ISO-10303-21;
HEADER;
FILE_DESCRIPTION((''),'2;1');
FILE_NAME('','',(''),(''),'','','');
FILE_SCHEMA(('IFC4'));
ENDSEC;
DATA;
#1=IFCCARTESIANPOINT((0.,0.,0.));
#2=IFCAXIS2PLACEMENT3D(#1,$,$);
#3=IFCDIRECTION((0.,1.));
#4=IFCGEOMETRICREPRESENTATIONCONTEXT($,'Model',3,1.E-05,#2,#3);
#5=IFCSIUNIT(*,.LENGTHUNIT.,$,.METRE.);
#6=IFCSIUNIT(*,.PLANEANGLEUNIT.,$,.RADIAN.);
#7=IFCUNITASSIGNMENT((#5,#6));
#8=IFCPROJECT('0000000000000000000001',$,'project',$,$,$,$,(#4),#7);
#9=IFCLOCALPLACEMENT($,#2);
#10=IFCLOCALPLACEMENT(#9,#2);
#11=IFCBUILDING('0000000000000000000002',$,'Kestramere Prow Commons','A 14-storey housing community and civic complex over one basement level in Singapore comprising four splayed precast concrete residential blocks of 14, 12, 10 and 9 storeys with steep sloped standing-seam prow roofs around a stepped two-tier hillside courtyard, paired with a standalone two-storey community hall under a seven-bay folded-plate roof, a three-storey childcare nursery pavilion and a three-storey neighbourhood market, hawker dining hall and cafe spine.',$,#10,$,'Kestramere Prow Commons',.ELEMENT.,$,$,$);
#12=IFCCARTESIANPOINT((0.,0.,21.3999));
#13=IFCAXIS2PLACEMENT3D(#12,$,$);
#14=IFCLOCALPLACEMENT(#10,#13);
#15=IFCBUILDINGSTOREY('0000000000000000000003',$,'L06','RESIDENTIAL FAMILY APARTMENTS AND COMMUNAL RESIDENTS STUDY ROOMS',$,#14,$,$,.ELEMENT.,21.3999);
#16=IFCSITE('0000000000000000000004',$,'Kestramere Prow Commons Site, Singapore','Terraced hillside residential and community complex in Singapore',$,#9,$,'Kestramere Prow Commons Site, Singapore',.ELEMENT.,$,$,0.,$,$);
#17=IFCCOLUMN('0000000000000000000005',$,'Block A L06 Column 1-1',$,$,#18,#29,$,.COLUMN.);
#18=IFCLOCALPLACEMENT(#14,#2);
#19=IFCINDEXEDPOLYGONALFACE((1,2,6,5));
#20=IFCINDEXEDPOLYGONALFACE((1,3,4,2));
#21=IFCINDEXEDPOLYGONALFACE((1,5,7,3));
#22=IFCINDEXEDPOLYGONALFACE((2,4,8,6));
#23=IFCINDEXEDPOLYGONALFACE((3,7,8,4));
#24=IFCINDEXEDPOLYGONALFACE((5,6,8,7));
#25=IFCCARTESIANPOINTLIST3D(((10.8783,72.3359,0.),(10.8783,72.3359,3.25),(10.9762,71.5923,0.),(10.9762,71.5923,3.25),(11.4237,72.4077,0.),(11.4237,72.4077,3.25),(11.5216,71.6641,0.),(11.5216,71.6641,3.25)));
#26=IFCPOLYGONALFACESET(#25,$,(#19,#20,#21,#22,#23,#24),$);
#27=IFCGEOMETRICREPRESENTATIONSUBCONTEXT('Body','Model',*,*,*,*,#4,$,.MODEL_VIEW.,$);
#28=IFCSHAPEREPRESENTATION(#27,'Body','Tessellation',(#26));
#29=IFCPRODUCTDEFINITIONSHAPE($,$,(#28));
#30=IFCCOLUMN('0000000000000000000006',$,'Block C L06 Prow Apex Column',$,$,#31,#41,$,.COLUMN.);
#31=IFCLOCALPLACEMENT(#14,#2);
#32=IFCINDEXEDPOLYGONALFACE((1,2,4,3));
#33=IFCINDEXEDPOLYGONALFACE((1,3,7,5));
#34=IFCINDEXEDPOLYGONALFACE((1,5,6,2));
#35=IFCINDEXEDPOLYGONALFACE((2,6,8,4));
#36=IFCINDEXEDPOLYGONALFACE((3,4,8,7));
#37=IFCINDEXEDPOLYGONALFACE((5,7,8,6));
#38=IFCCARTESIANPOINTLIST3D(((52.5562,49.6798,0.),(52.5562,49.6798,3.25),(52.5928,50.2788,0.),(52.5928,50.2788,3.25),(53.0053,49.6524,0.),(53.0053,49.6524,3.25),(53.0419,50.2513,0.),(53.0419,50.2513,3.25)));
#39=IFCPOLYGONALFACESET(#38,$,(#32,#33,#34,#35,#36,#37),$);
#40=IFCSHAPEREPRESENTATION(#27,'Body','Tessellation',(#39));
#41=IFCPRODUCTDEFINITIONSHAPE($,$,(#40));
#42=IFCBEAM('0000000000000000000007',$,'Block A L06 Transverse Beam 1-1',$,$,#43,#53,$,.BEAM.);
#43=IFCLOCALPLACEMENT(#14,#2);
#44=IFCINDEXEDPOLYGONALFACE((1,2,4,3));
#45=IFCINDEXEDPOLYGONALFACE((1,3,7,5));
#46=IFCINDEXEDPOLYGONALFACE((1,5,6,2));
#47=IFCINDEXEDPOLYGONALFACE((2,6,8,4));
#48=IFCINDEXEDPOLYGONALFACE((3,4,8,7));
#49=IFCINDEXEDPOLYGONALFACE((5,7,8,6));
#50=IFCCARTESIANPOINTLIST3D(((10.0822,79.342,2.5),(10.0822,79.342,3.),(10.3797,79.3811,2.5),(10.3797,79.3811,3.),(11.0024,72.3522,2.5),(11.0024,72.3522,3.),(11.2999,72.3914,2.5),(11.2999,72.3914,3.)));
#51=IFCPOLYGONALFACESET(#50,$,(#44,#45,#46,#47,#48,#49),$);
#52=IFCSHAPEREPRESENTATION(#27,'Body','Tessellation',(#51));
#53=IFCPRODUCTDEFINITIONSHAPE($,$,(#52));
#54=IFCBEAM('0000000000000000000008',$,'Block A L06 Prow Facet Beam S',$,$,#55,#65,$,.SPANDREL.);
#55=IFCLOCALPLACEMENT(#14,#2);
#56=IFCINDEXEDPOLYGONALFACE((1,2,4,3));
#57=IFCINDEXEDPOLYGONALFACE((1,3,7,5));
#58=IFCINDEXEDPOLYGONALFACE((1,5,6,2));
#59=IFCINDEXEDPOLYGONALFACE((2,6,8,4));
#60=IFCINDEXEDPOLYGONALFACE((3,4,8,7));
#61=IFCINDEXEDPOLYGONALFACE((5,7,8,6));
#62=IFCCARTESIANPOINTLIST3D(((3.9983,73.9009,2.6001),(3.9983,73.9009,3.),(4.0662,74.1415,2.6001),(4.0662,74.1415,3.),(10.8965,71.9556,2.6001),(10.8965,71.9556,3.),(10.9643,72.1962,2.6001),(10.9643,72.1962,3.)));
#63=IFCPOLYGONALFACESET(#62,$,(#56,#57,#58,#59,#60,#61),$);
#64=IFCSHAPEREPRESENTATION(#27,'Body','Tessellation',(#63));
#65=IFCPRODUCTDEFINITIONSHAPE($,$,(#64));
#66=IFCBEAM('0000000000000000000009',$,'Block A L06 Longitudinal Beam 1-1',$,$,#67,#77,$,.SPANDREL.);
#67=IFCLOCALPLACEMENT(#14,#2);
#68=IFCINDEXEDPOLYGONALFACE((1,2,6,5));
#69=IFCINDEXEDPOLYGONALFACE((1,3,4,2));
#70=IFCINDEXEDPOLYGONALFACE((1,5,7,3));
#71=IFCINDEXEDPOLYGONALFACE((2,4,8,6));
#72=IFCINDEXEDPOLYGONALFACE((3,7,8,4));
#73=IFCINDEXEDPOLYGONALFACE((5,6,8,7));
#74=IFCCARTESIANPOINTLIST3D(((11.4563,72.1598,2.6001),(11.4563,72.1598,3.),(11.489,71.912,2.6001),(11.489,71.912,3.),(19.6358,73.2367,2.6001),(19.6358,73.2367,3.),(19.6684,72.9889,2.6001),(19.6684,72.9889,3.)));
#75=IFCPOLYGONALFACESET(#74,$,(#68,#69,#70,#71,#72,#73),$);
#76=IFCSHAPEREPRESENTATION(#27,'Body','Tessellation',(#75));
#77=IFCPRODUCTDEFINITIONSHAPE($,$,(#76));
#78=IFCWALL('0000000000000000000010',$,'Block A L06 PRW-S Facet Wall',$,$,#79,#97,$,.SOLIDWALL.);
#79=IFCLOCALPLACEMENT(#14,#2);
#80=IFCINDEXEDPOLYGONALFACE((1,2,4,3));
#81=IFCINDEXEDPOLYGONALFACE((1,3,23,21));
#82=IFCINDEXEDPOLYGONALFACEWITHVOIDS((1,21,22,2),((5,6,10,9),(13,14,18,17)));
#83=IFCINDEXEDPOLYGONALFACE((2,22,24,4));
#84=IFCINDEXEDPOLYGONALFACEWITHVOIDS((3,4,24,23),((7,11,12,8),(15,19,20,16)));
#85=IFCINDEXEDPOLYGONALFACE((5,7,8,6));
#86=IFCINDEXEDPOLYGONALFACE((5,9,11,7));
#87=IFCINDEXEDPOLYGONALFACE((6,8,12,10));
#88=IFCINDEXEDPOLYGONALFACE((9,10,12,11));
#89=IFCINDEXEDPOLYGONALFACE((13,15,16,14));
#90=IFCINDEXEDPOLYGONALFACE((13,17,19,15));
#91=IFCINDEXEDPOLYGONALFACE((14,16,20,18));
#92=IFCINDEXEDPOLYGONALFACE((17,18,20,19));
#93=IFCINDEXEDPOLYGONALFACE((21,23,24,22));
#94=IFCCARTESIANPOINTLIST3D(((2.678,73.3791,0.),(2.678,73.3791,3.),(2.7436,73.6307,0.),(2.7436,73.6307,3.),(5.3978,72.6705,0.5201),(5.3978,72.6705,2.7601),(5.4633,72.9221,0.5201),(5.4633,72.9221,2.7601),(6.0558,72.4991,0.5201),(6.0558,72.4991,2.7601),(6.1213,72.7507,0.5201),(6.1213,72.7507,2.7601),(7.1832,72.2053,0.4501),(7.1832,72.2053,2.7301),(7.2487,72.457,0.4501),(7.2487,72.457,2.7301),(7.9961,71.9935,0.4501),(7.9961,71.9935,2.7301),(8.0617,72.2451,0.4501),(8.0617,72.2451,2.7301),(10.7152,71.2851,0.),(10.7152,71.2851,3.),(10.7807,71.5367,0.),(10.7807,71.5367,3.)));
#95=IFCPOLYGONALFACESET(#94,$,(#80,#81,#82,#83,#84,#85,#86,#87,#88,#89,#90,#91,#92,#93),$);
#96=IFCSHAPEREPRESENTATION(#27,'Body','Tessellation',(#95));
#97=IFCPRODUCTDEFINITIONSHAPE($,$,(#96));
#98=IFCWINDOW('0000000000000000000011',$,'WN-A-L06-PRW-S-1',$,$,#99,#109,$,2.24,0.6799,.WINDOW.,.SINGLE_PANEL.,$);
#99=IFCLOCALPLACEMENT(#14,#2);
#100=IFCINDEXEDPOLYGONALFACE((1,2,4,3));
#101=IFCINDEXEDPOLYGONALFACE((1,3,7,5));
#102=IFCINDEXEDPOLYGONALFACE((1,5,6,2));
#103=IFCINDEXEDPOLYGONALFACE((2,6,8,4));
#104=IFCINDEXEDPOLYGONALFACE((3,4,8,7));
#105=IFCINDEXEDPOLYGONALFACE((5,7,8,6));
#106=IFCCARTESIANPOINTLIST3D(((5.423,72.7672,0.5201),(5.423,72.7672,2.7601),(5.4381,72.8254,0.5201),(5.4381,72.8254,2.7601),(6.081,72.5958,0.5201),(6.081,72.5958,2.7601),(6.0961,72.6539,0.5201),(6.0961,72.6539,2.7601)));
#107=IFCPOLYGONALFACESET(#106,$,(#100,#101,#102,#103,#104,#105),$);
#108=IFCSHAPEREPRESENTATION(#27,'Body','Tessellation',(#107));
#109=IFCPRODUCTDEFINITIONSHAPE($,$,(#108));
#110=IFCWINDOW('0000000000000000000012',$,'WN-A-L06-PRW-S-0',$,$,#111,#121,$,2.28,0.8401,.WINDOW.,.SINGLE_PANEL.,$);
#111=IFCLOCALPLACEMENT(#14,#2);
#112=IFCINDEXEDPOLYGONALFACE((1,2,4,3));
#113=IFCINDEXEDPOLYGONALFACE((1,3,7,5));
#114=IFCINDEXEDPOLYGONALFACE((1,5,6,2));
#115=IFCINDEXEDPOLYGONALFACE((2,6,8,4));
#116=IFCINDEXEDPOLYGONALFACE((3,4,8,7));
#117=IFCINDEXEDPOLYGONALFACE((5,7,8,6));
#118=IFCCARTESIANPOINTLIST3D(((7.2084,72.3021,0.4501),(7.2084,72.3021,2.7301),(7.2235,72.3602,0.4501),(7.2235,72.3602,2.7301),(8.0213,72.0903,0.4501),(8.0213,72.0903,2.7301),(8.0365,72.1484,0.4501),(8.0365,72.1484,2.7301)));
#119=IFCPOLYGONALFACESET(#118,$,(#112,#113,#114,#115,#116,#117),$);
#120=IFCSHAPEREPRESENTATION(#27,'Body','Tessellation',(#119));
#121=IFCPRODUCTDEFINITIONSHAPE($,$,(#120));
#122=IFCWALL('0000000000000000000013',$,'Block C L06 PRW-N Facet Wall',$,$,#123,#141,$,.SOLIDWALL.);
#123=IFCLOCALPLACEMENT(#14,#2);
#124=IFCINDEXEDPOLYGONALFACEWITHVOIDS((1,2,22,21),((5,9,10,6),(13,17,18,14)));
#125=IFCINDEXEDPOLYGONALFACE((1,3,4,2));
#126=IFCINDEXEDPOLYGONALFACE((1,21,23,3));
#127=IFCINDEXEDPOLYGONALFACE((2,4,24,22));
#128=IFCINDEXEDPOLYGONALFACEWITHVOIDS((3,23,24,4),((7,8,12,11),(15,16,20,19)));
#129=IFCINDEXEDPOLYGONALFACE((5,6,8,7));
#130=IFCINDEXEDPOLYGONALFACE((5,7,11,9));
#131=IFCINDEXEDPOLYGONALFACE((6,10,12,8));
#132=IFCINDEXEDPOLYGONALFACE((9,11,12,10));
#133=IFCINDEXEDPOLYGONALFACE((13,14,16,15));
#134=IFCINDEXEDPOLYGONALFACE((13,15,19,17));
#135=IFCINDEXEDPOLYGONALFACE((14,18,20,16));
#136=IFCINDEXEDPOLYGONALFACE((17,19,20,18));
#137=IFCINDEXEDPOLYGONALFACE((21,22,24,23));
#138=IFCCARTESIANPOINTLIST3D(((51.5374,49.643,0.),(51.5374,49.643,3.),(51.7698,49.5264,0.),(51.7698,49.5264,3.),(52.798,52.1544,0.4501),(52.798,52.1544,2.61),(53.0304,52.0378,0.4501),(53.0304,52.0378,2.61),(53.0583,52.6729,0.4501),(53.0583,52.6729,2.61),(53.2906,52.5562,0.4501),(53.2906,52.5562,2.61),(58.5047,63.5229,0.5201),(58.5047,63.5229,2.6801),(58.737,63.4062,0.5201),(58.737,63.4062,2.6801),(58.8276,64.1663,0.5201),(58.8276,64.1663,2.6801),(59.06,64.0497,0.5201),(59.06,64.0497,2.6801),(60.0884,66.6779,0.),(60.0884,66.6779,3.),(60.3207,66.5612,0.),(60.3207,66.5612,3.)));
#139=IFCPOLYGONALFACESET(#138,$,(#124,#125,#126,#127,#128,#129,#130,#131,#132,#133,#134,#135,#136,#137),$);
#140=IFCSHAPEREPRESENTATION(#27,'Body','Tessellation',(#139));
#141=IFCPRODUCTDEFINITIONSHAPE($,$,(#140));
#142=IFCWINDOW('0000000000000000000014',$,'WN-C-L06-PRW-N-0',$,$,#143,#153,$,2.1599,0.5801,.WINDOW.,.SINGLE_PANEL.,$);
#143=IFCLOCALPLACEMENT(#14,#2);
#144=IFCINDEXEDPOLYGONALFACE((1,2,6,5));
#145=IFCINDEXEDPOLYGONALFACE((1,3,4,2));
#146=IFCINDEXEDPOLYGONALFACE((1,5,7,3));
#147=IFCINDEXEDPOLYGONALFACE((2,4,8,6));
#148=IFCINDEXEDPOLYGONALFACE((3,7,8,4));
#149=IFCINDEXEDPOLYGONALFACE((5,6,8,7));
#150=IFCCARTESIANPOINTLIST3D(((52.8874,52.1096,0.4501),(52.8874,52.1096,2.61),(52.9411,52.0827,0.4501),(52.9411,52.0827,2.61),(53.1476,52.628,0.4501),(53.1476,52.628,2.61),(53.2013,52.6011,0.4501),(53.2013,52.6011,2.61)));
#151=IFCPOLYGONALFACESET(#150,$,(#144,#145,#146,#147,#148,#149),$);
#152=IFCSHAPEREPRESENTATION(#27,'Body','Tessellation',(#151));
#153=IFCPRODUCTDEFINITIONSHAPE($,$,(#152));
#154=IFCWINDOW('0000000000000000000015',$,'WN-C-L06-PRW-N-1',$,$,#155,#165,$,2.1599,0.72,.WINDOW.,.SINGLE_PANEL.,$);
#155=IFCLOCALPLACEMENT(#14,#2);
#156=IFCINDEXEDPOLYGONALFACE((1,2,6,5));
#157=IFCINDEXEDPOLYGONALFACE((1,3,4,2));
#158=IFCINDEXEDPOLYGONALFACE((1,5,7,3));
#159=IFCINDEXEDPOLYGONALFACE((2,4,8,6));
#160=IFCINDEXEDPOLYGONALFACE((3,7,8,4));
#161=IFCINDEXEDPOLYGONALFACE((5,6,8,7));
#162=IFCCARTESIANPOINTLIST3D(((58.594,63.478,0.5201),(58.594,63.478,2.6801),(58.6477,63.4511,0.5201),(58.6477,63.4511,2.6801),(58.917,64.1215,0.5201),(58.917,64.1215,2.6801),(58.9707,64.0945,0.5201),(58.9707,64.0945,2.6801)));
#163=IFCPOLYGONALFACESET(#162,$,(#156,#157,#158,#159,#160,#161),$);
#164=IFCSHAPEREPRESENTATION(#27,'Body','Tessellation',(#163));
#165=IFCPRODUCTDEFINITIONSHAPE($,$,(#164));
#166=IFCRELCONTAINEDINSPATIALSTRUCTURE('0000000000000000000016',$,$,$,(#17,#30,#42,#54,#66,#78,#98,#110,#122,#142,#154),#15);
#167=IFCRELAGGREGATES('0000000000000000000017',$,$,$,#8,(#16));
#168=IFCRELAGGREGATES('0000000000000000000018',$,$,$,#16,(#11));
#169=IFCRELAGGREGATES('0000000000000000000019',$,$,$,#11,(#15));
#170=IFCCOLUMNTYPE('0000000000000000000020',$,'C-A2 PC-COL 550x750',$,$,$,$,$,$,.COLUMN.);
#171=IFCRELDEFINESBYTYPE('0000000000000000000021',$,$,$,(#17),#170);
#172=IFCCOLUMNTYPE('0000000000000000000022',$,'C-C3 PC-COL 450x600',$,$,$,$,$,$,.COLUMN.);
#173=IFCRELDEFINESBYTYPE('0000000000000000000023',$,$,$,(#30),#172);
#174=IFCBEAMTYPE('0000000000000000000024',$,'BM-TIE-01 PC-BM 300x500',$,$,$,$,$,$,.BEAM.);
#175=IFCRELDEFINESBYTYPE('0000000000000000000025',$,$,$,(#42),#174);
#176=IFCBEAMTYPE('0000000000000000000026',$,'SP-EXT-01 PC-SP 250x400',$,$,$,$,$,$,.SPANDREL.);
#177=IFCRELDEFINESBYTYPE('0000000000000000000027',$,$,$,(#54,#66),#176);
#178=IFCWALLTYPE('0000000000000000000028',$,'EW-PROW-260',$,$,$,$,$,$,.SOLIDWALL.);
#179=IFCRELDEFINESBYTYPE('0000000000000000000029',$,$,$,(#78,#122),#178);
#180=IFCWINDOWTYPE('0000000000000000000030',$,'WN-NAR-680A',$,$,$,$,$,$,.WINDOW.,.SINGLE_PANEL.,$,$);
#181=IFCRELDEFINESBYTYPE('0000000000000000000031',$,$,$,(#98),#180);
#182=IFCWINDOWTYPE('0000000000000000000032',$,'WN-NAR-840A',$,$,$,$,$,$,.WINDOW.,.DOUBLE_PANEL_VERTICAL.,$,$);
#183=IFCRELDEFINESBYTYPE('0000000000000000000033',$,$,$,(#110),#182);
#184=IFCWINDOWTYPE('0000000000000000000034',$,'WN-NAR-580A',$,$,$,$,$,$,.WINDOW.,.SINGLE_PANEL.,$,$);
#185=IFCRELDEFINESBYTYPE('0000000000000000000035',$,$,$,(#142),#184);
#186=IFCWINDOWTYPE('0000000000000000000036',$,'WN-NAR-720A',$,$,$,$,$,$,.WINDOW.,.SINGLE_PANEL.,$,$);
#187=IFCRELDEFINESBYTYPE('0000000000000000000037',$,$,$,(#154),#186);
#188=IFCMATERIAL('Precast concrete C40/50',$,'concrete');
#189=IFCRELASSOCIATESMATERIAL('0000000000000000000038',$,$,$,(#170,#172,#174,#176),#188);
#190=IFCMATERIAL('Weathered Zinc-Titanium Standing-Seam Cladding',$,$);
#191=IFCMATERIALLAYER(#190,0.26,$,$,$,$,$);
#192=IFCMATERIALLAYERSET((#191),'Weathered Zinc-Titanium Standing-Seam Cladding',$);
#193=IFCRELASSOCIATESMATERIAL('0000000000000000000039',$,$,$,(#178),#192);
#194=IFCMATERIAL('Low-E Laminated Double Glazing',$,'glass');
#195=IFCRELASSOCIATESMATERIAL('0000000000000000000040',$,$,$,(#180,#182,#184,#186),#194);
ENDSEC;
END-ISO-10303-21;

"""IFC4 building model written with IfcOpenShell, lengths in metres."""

from ifc_helpers import new_model, si_unit, direction, frame, frame_2d, origin, origin_2d, place, context, subcontext, project, spatial, rectangle, extrude, material, layer, layer_set, material_profile, profile_set, type_object, element, fill, save


model = new_model("IFC4")

# Units and contexts
model_context = context("Model", 3, precision=1e-05, world=origin(), true_north=direction((0.0, 1.0)))
body_context = subcontext(model_context, "Body", "Model", "MODEL_VIEW")
ifc_project = project(units=[si_unit("LENGTHUNIT", "METRE"), si_unit("PLANEANGLEUNIT", "RADIAN")], contexts=[model_context])

# Site, building, storey
site_placement = place(None, origin())
site = spatial("IfcSite", under=ifc_project, at=site_placement, Name="Kestramere Prow Commons Site, Singapore", Description="Terraced hillside residential and community complex in Singapore", LongName="Kestramere Prow Commons Site, Singapore", CompositionType="ELEMENT", RefElevation=0.0)
building_placement = place(site_placement, origin())
building = spatial("IfcBuilding", under=site, at=building_placement, Name="Kestramere Prow Commons", Description="A 14-storey housing community and civic complex over one basement level in Singapore comprising four splayed precast concrete residential blocks of 14, 12, 10 and 9 storeys with steep sloped standing-seam prow roofs around a stepped two-tier hillside courtyard, paired with a standalone two-storey community hall under a seven-bay folded-plate roof, a three-storey childcare nursery pavilion and a three-storey neighbourhood market, hawker dining hall and cafe spine.", LongName="Kestramere Prow Commons", CompositionType="ELEMENT")
storey_placement = place(building_placement, frame((0.0, 0.0, 21.3999)))
storey = spatial("IfcBuildingStorey", under=building, at=storey_placement, Name="L06", Description="RESIDENTIAL FAMILY APARTMENTS AND COMMUNAL RESIDENTS STUDY ROOMS", CompositionType="ELEMENT", Elevation=21.3999)

# Columns
ifc_material_1 = material(Name="Precast concrete C40/50", Category="concrete")
ifc_material_profile_1 = material_profile(ifc_material_1, rectangle(XDim=0.55, YDim=0.75, at=origin_2d()), Name="PC-COL 550x750")
ifc_profile_set_1 = profile_set([ifc_material_profile_1], Name="Precast concrete C40/50")
column_type_1 = type_object("IfcColumnType", Name="C-A2 PC-COL 550x750", PredefinedType="COLUMN", material=ifc_profile_set_1)
column_1_placement = place(storey_placement, frame((11.2, 72.0, 0.0), z_axis=(0.0, 0.0, 1.0), x_axis=(0.991445, 0.130526, 0.0)))
element("IfcColumn", 1, at=column_1_placement, inside=storey, type_object=column_type_1, Name="Block A L06 Column 1-1", PredefinedType="COLUMN", context=body_context, shape_type="SweptSolid", body=[
    extrude(rectangle(XDim=0.55, YDim=0.75, at=origin_2d()), origin(), (0.0, 0.0, 1.0), 3.25),
])
ifc_material_profile_2 = material_profile(ifc_material_1, rectangle(XDim=0.45, YDim=0.6001, at=origin_2d()), Name="PC-COL 450x600")
ifc_profile_set_2 = profile_set([ifc_material_profile_2], Name="Precast concrete C40/50")
column_type_2 = type_object("IfcColumnType", Name="C-C3 PC-COL 450x600", PredefinedType="COLUMN", material=ifc_profile_set_2)
column_2_placement = place(storey_placement, frame((52.7991, 49.9656, 0.0), z_axis=(0.0, 0.0, 1.0), x_axis=(0.998135, -0.061049, 0.0)))
element("IfcColumn", 2, at=column_2_placement, inside=storey, type_object=column_type_2, Name="Block C L06 Prow Apex Column", PredefinedType="COLUMN", context=body_context, shape_type="SweptSolid", body=[
    extrude(rectangle(XDim=0.45, YDim=0.6001, at=origin_2d()), origin(), (0.0, 0.0, 1.0), 3.25),
])

# Beams
ifc_material_profile_3 = material_profile(ifc_material_1, rectangle(XDim=0.3, YDim=0.5, at=origin_2d()), Name="PC-BM 300x500")
ifc_profile_set_3 = profile_set([ifc_material_profile_3], Name="Precast concrete C40/50")
beam_type_1 = type_object("IfcBeamType", Name="BM-TIE-01 PC-BM 300x500", PredefinedType="BEAM", material=ifc_profile_set_3)
beam_1_placement = place(storey_placement, frame((11.1511, 72.3718, 2.75), z_axis=(-0.130519, 0.991446, 0.0), x_axis=(-0.991446, -0.130519, 0.0)))
element("IfcBeam", 3, at=beam_1_placement, inside=storey, type_object=beam_type_1, Name="Block A L06 Transverse Beam 1-1", PredefinedType="BEAM", context=body_context, shape_type="SweptSolid", body=[
    extrude(rectangle(XDim=0.3, YDim=0.5, at=origin_2d()), origin(), (0.0, 0.0, 1.0), 7.05),
])
ifc_material_profile_4 = material_profile(ifc_material_1, rectangle(XDim=0.25, YDim=0.3999, at=origin_2d()), Name="PC-SP 250x400")
ifc_profile_set_4 = profile_set([ifc_material_profile_4], Name="Precast concrete C40/50")
beam_type_2 = type_object("IfcBeamType", Name="SP-EXT-01 PC-SP 250x400", PredefinedType="SPANDREL", material=ifc_profile_set_4)
beam_2_placement = place(storey_placement, frame((10.9304, 72.0759, 2.8), z_axis=(-0.962462, 0.271417, 0.0), x_axis=(-0.271417, -0.962462, 0.0)))
element("IfcBeam", 4, at=beam_2_placement, inside=storey, type_object=beam_type_2, Name="Block A L06 Prow Facet Beam S", PredefinedType="SPANDREL", context=body_context, shape_type="SweptSolid", body=[
    extrude(rectangle(XDim=0.25, YDim=0.3999, at=origin_2d()), origin(), (0.0, 0.0, 1.0), 7.1672),
])
beam_3_placement = place(storey_placement, frame((11.4727, 72.0359, 2.8), z_axis=(0.991444, 0.130533, 0.0), x_axis=(-0.130533, 0.991444, 0.0)))
element("IfcBeam", 5, at=beam_3_placement, inside=storey, type_object=beam_type_2, Name="Block A L06 Longitudinal Beam 1-1", PredefinedType="SPANDREL", context=body_context, shape_type="SweptSolid", body=[
    extrude(rectangle(XDim=0.25, YDim=0.3999, at=origin_2d()), origin(), (0.0, 0.0, 1.0), 8.25),
])

# Walls, openings, windows
ifc_material_2 = material(Name="Weathered Zinc-Titanium Standing-Seam Cladding")
ifc_layer_1 = layer(ifc_material_2, 0.26)
ifc_layer_set_1 = layer_set([ifc_layer_1], Name="Weathered Zinc-Titanium Standing-Seam Cladding")
wall_type_1 = type_object("IfcWallType", Name="EW-PROW-260", PredefinedType="SOLIDWALL", material=ifc_layer_set_1)
wall_1_placement = place(storey_placement, frame((10.748, 71.4109, 0.0), z_axis=(0.0, 0.0, 1.0), x_axis=(-0.967695, 0.252124, 0.0)))
wall_1 = element("IfcWall", 6, at=wall_1_placement, inside=storey, type_object=wall_type_1, Name="Block A L06 PRW-S Facet Wall", PredefinedType="SOLIDWALL", context=body_context, shape_type="SweptSolid", body=[
    extrude(rectangle(XDim=8.3054, YDim=0.26, at=frame_2d((4.1528, 0.0))), origin(), (0.0, 0.0, 1.0), 3.0),
])
opening_1_placement = place(wall_1_placement, frame((2.8101, 0.0, 0.45)))
opening_1 = element("IfcOpeningElement", 7, at=opening_1_placement, cuts=wall_1, PredefinedType="OPENING", context=body_context, shape_type="SweptSolid", body=[
    extrude(rectangle(XDim=0.8401, YDim=2.28, at=frame_2d((0.4199, 1.1401))), frame((0.0, 0.145, 0.0), z_axis=(0.0, -1.0, 0.0), x_axis=(1.0, 0.0, 0.0)), (0.0, 0.0, 1.0), 0.29),
])
opening_2_placement = place(wall_1_placement, frame((4.8152, 0.0, 0.52)))
opening_2 = element("IfcOpeningElement", 8, at=opening_2_placement, cuts=wall_1, PredefinedType="OPENING", context=body_context, shape_type="SweptSolid", body=[
    extrude(rectangle(XDim=0.6799, YDim=2.24, at=frame_2d((0.3398, 1.1201))), frame((0.0, 0.145, 0.0), z_axis=(0.0, -1.0, 0.0), x_axis=(1.0, 0.0, 0.0)), (0.0, 0.0, 1.0), 0.29),
])
ifc_material_3 = material(Name="Low-E Laminated Double Glazing", Category="glass")
window_type_1 = type_object("IfcWindowType", Name="WN-NAR-680A", PartitioningType="SINGLE_PANEL", PredefinedType="WINDOW", material=ifc_material_3)
window_1_placement = place(opening_2_placement, origin())
window_1 = element("IfcWindow", 9, at=window_1_placement, inside=storey, type_object=window_type_1, Name="WN-A-L06-PRW-S-1", OverallHeight=2.24, OverallWidth=0.6799, PartitioningType="SINGLE_PANEL", PredefinedType="WINDOW", context=body_context, shape_type="SweptSolid", body=[
    extrude(rectangle(XDim=0.6799, YDim=2.24, at=frame_2d((0.3398, 1.1201))), frame((0.0, 0.03, 0.0), z_axis=(0.0, -1.0, 0.0), x_axis=(1.0, 0.0, 0.0)), (0.0, 0.0, 1.0), 0.0601),
])
fill(opening_2, window_1)
window_type_2 = type_object("IfcWindowType", Name="WN-NAR-840A", PartitioningType="DOUBLE_PANEL_VERTICAL", PredefinedType="WINDOW", material=ifc_material_3)
window_2_placement = place(opening_1_placement, origin())
window_2 = element("IfcWindow", 10, at=window_2_placement, inside=storey, type_object=window_type_2, Name="WN-A-L06-PRW-S-0", OverallHeight=2.28, OverallWidth=0.8401, PartitioningType="SINGLE_PANEL", PredefinedType="WINDOW", context=body_context, shape_type="SweptSolid", body=[
    extrude(rectangle(XDim=0.8401, YDim=2.28, at=frame_2d((0.4199, 1.1401))), frame((0.0, 0.03, 0.0), z_axis=(0.0, -1.0, 0.0), x_axis=(1.0, 0.0, 0.0)), (0.0, 0.0, 1.0), 0.0601),
])
fill(opening_1, window_2)
wall_2_placement = place(storey_placement, frame((51.6536, 49.5847, 0.0), z_axis=(0.0, 0.0, 1.0), x_axis=(0.448622, 0.893722, 0.0)))
wall_2 = element("IfcWall", 11, at=wall_2_placement, inside=storey, type_object=wall_type_1, Name="Block C L06 PRW-N Facet Wall", PredefinedType="SOLIDWALL", context=body_context, shape_type="SweptSolid", body=[
    extrude(rectangle(XDim=19.0605, YDim=0.26, at=frame_2d((9.5303, 0.0))), origin(), (0.0, 0.0, 1.0), 3.0),
])
opening_3_placement = place(wall_2_placement, frame((2.8101, 0.0, 0.45)))
opening_3 = element("IfcOpeningElement", 12, at=opening_3_placement, cuts=wall_2, PredefinedType="OPENING", context=body_context, shape_type="SweptSolid", body=[
    extrude(rectangle(XDim=0.5801, YDim=2.1599, at=frame_2d((0.29, 1.0801))), frame((0.0, 0.145, 0.0), z_axis=(0.0, -1.0, 0.0), x_axis=(1.0, 0.0, 0.0)), (0.0, 0.0, 1.0), 0.29),
])
opening_4_placement = place(wall_2_placement, frame((15.5305, 0.0, 0.52)))
opening_4 = element("IfcOpeningElement", 13, at=opening_4_placement, cuts=wall_2, PredefinedType="OPENING", context=body_context, shape_type="SweptSolid", body=[
    extrude(rectangle(XDim=0.72, YDim=2.1599, at=frame_2d((0.3599, 1.0801))), frame((0.0, 0.145, 0.0), z_axis=(0.0, -1.0, 0.0), x_axis=(1.0, 0.0, 0.0)), (0.0, 0.0, 1.0), 0.29),
])
window_type_3 = type_object("IfcWindowType", Name="WN-NAR-580A", PartitioningType="SINGLE_PANEL", PredefinedType="WINDOW", material=ifc_material_3)
window_3_placement = place(opening_3_placement, origin())
window_3 = element("IfcWindow", 14, at=window_3_placement, inside=storey, type_object=window_type_3, Name="WN-C-L06-PRW-N-0", OverallHeight=2.1599, OverallWidth=0.5801, PartitioningType="SINGLE_PANEL", PredefinedType="WINDOW", context=body_context, shape_type="SweptSolid", body=[
    extrude(rectangle(XDim=0.5801, YDim=2.1599, at=frame_2d((0.29, 1.0801))), frame((0.0, 0.03, 0.0), z_axis=(0.0, -1.0, 0.0), x_axis=(1.0, 0.0, 0.0)), (0.0, 0.0, 1.0), 0.0601),
])
fill(opening_3, window_3)
window_type_4 = type_object("IfcWindowType", Name="WN-NAR-720A", PartitioningType="SINGLE_PANEL", PredefinedType="WINDOW", material=ifc_material_3)
window_4_placement = place(opening_4_placement, origin())
window_4 = element("IfcWindow", 15, at=window_4_placement, inside=storey, type_object=window_type_4, Name="WN-C-L06-PRW-N-1", OverallHeight=2.1599, OverallWidth=0.72, PartitioningType="SINGLE_PANEL", PredefinedType="WINDOW", context=body_context, shape_type="SweptSolid", body=[
    extrude(rectangle(XDim=0.72, YDim=2.1599, at=frame_2d((0.3599, 1.0801))), frame((0.0, 0.03, 0.0), z_axis=(0.0, -1.0, 0.0), x_axis=(1.0, 0.0, 0.0)), (0.0, 0.0, 1.0), 0.0601),
])
fill(opening_4, window_4)

save(model, "model.ifc")
